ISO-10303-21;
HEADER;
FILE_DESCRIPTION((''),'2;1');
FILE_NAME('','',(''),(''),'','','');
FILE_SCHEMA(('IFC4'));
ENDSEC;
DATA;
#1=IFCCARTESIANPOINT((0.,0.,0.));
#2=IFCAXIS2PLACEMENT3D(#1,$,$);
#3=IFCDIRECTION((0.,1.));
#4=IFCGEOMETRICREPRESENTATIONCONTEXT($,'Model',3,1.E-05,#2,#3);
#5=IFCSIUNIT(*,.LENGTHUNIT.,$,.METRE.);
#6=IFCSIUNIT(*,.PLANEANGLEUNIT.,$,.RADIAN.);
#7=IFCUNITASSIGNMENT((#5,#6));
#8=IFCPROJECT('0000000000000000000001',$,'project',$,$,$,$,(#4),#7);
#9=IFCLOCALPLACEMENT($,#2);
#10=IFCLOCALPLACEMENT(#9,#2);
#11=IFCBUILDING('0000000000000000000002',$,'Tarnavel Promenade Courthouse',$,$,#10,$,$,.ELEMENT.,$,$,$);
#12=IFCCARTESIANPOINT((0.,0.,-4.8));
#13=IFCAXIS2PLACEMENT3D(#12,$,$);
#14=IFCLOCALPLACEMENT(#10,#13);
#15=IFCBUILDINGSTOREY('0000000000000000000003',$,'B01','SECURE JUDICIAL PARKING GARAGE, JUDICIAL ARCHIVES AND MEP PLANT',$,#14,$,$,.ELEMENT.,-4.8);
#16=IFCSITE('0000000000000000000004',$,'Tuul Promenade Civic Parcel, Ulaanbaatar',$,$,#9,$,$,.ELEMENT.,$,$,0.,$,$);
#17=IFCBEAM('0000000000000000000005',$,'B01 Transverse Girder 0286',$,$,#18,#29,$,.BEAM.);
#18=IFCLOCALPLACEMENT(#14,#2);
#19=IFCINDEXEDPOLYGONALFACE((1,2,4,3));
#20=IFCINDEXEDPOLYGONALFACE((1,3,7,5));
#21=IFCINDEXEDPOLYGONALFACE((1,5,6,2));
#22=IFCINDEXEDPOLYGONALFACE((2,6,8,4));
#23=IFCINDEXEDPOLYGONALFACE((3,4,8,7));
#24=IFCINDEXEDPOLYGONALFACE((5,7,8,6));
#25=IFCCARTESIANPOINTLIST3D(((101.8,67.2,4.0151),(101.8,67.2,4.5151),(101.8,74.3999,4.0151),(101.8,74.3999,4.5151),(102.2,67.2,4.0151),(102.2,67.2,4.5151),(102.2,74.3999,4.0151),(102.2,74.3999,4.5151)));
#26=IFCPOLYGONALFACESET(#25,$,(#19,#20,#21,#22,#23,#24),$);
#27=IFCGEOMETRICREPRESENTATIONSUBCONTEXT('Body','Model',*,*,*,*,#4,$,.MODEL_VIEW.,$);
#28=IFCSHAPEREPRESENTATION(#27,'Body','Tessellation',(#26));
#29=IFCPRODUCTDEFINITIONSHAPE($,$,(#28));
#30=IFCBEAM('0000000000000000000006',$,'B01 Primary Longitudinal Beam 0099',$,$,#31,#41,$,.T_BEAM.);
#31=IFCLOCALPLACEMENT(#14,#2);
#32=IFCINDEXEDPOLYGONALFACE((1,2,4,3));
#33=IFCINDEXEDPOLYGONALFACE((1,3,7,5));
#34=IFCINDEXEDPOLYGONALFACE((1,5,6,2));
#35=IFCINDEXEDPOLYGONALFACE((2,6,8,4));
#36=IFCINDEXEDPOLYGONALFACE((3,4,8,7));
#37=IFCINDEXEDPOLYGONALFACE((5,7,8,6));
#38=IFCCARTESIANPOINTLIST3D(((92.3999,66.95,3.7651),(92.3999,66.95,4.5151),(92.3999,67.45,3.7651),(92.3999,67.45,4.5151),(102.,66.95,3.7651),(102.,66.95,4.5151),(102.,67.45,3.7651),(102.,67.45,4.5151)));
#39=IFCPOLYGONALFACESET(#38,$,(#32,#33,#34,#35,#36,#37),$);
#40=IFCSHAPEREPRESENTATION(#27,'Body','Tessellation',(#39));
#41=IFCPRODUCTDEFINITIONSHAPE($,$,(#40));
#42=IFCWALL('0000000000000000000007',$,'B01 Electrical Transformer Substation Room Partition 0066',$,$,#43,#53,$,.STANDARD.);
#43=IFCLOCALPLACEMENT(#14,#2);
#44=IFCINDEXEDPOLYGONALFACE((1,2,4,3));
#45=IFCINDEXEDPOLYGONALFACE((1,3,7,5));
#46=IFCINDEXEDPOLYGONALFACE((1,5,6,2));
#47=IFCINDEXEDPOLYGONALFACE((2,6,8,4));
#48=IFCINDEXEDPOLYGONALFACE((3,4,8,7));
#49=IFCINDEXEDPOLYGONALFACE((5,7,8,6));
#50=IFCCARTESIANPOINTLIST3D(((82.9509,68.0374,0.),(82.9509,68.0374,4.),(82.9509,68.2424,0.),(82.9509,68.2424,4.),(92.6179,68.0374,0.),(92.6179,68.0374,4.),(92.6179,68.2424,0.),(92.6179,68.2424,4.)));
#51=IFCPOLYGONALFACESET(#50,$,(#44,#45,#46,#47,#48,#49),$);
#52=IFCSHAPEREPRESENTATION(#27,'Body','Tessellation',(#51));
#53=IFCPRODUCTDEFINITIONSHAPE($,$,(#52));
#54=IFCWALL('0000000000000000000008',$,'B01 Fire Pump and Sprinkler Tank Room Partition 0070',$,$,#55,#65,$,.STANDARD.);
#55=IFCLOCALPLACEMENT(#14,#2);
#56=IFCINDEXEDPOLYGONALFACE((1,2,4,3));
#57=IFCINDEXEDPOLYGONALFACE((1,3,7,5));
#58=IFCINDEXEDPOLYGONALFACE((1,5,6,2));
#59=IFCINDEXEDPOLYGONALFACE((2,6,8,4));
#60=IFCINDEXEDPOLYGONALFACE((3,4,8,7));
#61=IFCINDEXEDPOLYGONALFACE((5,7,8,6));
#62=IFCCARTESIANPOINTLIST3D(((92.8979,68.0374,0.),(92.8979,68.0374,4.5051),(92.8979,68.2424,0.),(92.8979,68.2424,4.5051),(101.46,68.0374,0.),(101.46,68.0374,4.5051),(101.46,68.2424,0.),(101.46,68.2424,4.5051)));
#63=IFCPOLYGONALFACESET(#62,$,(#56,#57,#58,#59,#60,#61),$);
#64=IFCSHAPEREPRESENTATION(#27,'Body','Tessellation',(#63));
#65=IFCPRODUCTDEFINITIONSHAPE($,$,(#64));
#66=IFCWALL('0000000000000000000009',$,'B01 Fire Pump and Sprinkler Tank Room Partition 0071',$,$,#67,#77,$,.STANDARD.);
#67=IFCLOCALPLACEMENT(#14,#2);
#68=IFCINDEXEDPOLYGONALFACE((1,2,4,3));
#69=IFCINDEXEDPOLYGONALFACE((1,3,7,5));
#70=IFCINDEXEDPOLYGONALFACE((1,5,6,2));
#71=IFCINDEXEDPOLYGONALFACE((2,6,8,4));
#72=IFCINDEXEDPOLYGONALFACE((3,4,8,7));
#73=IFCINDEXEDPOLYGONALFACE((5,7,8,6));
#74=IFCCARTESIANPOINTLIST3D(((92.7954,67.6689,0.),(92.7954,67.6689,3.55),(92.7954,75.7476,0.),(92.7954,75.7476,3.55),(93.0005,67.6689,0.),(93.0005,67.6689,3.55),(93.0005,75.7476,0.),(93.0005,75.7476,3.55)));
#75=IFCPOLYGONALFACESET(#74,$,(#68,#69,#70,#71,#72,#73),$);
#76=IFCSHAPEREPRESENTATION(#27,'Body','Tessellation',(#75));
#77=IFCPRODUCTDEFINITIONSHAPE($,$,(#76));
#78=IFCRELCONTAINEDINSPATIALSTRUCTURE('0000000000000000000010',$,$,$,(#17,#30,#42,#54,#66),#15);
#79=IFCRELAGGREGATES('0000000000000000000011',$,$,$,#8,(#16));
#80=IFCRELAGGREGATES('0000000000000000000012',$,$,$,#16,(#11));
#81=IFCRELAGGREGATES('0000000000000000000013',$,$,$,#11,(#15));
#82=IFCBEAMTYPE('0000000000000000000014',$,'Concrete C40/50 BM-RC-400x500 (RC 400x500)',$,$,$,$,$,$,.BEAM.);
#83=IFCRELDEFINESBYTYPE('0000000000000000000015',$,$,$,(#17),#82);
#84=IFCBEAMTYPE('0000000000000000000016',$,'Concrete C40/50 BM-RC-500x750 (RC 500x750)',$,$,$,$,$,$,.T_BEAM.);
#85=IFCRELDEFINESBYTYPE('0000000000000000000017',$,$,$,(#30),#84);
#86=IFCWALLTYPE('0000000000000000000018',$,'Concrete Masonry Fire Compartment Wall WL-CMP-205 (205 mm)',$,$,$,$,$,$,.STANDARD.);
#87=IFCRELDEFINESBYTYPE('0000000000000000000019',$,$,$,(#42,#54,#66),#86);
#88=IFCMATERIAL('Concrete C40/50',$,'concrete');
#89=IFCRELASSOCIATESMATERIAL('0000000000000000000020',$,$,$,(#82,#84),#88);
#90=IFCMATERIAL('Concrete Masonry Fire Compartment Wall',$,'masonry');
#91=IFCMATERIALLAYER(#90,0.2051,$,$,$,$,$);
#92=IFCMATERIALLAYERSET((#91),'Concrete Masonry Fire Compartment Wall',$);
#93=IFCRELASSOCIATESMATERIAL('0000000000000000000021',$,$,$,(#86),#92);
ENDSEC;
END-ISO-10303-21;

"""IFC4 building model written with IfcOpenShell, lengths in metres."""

from ifc_helpers import new_model, si_unit, direction, frame, frame_2d, origin, origin_2d, place, context, subcontext, project, spatial, rectangle, extrude, material, layer, layer_set, material_profile, profile_set, type_object, element, save


model = new_model("IFC4")

# Units and contexts
model_context = context("Model", 3, precision=1e-05, world=origin(), true_north=direction((0.0, 1.0)))
body_context = subcontext(model_context, "Body", "Model", "MODEL_VIEW")
ifc_project = project(units=[si_unit("LENGTHUNIT", "METRE"), si_unit("PLANEANGLEUNIT", "RADIAN")], contexts=[model_context])

# Site, building, storey
site_placement = place(None, origin())
site = spatial("IfcSite", under=ifc_project, at=site_placement, Name="Tuul Promenade Civic Parcel, Ulaanbaatar", CompositionType="ELEMENT", RefElevation=0.0)
building_placement = place(site_placement, origin())
building = spatial("IfcBuilding", under=site, at=building_placement, Name="Tarnavel Promenade Courthouse", CompositionType="ELEMENT")
storey_placement = place(building_placement, frame((0.0, 0.0, -4.8)))
storey = spatial("IfcBuildingStorey", under=building, at=storey_placement, Name="B01", Description="SECURE JUDICIAL PARKING GARAGE, JUDICIAL ARCHIVES AND MEP PLANT", CompositionType="ELEMENT", Elevation=-4.8)

# Shared definitions
ifc_material_1 = material(Name="Concrete C40/50", Category="concrete")

# Beams
ifc_material_profile_1 = material_profile(ifc_material_1, rectangle(XDim=0.3999, YDim=0.5, at=origin_2d()), Name="RC 400x500")
ifc_profile_set_1 = profile_set([ifc_material_profile_1], Name="Concrete C40/50")
beam_type_1 = type_object("IfcBeamType", Name="Concrete C40/50 BM-RC-400x500 (RC 400x500)", PredefinedType="BEAM", material=ifc_profile_set_1)
for number, where, z_axis, x_axis, name in (
    (1, (102.0, 67.2, 4.2651), (0.0, 1.0, 0.0), (-1.0, 0.0, 0.0), "B01 Transverse Girder 0286"),
):
    element("IfcBeam", number, at=place(storey_placement, frame(where, z_axis=z_axis, x_axis=x_axis)), inside=storey, type_object=beam_type_1, Name=name, PredefinedType="BEAM", context=body_context, shape_type="SweptSolid", body=[
        extrude(rectangle(XDim=0.3999, YDim=0.5, at=origin_2d()), origin(), (0.0, 0.0, 1.0), 7.2),
    ])
ifc_material_profile_2 = material_profile(ifc_material_1, rectangle(XDim=0.5, YDim=0.75, at=origin_2d()), Name="RC 500x750")
ifc_profile_set_2 = profile_set([ifc_material_profile_2], Name="Concrete C40/50")
beam_type_2 = type_object("IfcBeamType", Name="Concrete C40/50 BM-RC-500x750 (RC 500x750)", PredefinedType="T_BEAM", material=ifc_profile_set_2)
beam_placement = place(storey_placement, frame((92.3999, 67.2, 4.1401), z_axis=(1.0, 0.0, 0.0), x_axis=(0.0, 1.0, 0.0)))
element("IfcBeam", 2, at=beam_placement, inside=storey, type_object=beam_type_2, Name="B01 Primary Longitudinal Beam 0099", PredefinedType="T_BEAM", context=body_context, shape_type="SweptSolid", body=[
    extrude(rectangle(XDim=0.5, YDim=0.75, at=origin_2d()), origin(), (0.0, 0.0, 1.0), 9.6001),
])

# Walls
ifc_material_2 = material(Name="Concrete Masonry Fire Compartment Wall", Category="masonry")
ifc_layer = layer(ifc_material_2, 0.2051)
ifc_layer_set = layer_set([ifc_layer], Name="Concrete Masonry Fire Compartment Wall")
wall_type = type_object("IfcWallType", Name="Concrete Masonry Fire Compartment Wall WL-CMP-205 (205 mm)", PredefinedType="STANDARD", material=ifc_layer_set)
wall_1_placement = place(storey_placement, frame((92.6179, 68.1399, 0.0), z_axis=(0.0, 0.0, 1.0), x_axis=(-1.0, 0.0, 0.0)))
element("IfcWall", 3, at=wall_1_placement, inside=storey, type_object=wall_type, Name="B01 Electrical Transformer Substation Room Partition 0066", PredefinedType="STANDARD", context=body_context, shape_type="SweptSolid", body=[
    extrude(rectangle(XDim=9.667, YDim=0.2051, at=frame_2d((4.8335, 0.0))), origin(), (0.0, 0.0, 1.0), 4.0),
])
wall_2_placement = place(storey_placement, frame((101.46, 68.1399, 0.0), z_axis=(0.0, 0.0, 1.0), x_axis=(-1.0, 0.0, 0.0)))
element("IfcWall", 4, at=wall_2_placement, inside=storey, type_object=wall_type, Name="B01 Fire Pump and Sprinkler Tank Room Partition 0070", PredefinedType="STANDARD", context=body_context, shape_type="SweptSolid", body=[
    extrude(rectangle(XDim=8.562, YDim=0.2051, at=frame_2d((4.281, 0.0))), origin(), (0.0, 0.0, 1.0), 4.5051),
])
wall_3_placement = place(storey_placement, frame((92.8979, 67.6689, 0.0), z_axis=(0.0, 0.0, 1.0), x_axis=(0.0, 1.0, 0.0)))
element("IfcWall", 5, at=wall_3_placement, inside=storey, type_object=wall_type, Name="B01 Fire Pump and Sprinkler Tank Room Partition 0071", PredefinedType="STANDARD", context=body_context, shape_type="SweptSolid", body=[
    extrude(rectangle(XDim=8.0786, YDim=0.2051, at=frame_2d((4.0393, 0.0))), origin(), (0.0, 0.0, 1.0), 3.55),
])

save(model, "model.ifc")
